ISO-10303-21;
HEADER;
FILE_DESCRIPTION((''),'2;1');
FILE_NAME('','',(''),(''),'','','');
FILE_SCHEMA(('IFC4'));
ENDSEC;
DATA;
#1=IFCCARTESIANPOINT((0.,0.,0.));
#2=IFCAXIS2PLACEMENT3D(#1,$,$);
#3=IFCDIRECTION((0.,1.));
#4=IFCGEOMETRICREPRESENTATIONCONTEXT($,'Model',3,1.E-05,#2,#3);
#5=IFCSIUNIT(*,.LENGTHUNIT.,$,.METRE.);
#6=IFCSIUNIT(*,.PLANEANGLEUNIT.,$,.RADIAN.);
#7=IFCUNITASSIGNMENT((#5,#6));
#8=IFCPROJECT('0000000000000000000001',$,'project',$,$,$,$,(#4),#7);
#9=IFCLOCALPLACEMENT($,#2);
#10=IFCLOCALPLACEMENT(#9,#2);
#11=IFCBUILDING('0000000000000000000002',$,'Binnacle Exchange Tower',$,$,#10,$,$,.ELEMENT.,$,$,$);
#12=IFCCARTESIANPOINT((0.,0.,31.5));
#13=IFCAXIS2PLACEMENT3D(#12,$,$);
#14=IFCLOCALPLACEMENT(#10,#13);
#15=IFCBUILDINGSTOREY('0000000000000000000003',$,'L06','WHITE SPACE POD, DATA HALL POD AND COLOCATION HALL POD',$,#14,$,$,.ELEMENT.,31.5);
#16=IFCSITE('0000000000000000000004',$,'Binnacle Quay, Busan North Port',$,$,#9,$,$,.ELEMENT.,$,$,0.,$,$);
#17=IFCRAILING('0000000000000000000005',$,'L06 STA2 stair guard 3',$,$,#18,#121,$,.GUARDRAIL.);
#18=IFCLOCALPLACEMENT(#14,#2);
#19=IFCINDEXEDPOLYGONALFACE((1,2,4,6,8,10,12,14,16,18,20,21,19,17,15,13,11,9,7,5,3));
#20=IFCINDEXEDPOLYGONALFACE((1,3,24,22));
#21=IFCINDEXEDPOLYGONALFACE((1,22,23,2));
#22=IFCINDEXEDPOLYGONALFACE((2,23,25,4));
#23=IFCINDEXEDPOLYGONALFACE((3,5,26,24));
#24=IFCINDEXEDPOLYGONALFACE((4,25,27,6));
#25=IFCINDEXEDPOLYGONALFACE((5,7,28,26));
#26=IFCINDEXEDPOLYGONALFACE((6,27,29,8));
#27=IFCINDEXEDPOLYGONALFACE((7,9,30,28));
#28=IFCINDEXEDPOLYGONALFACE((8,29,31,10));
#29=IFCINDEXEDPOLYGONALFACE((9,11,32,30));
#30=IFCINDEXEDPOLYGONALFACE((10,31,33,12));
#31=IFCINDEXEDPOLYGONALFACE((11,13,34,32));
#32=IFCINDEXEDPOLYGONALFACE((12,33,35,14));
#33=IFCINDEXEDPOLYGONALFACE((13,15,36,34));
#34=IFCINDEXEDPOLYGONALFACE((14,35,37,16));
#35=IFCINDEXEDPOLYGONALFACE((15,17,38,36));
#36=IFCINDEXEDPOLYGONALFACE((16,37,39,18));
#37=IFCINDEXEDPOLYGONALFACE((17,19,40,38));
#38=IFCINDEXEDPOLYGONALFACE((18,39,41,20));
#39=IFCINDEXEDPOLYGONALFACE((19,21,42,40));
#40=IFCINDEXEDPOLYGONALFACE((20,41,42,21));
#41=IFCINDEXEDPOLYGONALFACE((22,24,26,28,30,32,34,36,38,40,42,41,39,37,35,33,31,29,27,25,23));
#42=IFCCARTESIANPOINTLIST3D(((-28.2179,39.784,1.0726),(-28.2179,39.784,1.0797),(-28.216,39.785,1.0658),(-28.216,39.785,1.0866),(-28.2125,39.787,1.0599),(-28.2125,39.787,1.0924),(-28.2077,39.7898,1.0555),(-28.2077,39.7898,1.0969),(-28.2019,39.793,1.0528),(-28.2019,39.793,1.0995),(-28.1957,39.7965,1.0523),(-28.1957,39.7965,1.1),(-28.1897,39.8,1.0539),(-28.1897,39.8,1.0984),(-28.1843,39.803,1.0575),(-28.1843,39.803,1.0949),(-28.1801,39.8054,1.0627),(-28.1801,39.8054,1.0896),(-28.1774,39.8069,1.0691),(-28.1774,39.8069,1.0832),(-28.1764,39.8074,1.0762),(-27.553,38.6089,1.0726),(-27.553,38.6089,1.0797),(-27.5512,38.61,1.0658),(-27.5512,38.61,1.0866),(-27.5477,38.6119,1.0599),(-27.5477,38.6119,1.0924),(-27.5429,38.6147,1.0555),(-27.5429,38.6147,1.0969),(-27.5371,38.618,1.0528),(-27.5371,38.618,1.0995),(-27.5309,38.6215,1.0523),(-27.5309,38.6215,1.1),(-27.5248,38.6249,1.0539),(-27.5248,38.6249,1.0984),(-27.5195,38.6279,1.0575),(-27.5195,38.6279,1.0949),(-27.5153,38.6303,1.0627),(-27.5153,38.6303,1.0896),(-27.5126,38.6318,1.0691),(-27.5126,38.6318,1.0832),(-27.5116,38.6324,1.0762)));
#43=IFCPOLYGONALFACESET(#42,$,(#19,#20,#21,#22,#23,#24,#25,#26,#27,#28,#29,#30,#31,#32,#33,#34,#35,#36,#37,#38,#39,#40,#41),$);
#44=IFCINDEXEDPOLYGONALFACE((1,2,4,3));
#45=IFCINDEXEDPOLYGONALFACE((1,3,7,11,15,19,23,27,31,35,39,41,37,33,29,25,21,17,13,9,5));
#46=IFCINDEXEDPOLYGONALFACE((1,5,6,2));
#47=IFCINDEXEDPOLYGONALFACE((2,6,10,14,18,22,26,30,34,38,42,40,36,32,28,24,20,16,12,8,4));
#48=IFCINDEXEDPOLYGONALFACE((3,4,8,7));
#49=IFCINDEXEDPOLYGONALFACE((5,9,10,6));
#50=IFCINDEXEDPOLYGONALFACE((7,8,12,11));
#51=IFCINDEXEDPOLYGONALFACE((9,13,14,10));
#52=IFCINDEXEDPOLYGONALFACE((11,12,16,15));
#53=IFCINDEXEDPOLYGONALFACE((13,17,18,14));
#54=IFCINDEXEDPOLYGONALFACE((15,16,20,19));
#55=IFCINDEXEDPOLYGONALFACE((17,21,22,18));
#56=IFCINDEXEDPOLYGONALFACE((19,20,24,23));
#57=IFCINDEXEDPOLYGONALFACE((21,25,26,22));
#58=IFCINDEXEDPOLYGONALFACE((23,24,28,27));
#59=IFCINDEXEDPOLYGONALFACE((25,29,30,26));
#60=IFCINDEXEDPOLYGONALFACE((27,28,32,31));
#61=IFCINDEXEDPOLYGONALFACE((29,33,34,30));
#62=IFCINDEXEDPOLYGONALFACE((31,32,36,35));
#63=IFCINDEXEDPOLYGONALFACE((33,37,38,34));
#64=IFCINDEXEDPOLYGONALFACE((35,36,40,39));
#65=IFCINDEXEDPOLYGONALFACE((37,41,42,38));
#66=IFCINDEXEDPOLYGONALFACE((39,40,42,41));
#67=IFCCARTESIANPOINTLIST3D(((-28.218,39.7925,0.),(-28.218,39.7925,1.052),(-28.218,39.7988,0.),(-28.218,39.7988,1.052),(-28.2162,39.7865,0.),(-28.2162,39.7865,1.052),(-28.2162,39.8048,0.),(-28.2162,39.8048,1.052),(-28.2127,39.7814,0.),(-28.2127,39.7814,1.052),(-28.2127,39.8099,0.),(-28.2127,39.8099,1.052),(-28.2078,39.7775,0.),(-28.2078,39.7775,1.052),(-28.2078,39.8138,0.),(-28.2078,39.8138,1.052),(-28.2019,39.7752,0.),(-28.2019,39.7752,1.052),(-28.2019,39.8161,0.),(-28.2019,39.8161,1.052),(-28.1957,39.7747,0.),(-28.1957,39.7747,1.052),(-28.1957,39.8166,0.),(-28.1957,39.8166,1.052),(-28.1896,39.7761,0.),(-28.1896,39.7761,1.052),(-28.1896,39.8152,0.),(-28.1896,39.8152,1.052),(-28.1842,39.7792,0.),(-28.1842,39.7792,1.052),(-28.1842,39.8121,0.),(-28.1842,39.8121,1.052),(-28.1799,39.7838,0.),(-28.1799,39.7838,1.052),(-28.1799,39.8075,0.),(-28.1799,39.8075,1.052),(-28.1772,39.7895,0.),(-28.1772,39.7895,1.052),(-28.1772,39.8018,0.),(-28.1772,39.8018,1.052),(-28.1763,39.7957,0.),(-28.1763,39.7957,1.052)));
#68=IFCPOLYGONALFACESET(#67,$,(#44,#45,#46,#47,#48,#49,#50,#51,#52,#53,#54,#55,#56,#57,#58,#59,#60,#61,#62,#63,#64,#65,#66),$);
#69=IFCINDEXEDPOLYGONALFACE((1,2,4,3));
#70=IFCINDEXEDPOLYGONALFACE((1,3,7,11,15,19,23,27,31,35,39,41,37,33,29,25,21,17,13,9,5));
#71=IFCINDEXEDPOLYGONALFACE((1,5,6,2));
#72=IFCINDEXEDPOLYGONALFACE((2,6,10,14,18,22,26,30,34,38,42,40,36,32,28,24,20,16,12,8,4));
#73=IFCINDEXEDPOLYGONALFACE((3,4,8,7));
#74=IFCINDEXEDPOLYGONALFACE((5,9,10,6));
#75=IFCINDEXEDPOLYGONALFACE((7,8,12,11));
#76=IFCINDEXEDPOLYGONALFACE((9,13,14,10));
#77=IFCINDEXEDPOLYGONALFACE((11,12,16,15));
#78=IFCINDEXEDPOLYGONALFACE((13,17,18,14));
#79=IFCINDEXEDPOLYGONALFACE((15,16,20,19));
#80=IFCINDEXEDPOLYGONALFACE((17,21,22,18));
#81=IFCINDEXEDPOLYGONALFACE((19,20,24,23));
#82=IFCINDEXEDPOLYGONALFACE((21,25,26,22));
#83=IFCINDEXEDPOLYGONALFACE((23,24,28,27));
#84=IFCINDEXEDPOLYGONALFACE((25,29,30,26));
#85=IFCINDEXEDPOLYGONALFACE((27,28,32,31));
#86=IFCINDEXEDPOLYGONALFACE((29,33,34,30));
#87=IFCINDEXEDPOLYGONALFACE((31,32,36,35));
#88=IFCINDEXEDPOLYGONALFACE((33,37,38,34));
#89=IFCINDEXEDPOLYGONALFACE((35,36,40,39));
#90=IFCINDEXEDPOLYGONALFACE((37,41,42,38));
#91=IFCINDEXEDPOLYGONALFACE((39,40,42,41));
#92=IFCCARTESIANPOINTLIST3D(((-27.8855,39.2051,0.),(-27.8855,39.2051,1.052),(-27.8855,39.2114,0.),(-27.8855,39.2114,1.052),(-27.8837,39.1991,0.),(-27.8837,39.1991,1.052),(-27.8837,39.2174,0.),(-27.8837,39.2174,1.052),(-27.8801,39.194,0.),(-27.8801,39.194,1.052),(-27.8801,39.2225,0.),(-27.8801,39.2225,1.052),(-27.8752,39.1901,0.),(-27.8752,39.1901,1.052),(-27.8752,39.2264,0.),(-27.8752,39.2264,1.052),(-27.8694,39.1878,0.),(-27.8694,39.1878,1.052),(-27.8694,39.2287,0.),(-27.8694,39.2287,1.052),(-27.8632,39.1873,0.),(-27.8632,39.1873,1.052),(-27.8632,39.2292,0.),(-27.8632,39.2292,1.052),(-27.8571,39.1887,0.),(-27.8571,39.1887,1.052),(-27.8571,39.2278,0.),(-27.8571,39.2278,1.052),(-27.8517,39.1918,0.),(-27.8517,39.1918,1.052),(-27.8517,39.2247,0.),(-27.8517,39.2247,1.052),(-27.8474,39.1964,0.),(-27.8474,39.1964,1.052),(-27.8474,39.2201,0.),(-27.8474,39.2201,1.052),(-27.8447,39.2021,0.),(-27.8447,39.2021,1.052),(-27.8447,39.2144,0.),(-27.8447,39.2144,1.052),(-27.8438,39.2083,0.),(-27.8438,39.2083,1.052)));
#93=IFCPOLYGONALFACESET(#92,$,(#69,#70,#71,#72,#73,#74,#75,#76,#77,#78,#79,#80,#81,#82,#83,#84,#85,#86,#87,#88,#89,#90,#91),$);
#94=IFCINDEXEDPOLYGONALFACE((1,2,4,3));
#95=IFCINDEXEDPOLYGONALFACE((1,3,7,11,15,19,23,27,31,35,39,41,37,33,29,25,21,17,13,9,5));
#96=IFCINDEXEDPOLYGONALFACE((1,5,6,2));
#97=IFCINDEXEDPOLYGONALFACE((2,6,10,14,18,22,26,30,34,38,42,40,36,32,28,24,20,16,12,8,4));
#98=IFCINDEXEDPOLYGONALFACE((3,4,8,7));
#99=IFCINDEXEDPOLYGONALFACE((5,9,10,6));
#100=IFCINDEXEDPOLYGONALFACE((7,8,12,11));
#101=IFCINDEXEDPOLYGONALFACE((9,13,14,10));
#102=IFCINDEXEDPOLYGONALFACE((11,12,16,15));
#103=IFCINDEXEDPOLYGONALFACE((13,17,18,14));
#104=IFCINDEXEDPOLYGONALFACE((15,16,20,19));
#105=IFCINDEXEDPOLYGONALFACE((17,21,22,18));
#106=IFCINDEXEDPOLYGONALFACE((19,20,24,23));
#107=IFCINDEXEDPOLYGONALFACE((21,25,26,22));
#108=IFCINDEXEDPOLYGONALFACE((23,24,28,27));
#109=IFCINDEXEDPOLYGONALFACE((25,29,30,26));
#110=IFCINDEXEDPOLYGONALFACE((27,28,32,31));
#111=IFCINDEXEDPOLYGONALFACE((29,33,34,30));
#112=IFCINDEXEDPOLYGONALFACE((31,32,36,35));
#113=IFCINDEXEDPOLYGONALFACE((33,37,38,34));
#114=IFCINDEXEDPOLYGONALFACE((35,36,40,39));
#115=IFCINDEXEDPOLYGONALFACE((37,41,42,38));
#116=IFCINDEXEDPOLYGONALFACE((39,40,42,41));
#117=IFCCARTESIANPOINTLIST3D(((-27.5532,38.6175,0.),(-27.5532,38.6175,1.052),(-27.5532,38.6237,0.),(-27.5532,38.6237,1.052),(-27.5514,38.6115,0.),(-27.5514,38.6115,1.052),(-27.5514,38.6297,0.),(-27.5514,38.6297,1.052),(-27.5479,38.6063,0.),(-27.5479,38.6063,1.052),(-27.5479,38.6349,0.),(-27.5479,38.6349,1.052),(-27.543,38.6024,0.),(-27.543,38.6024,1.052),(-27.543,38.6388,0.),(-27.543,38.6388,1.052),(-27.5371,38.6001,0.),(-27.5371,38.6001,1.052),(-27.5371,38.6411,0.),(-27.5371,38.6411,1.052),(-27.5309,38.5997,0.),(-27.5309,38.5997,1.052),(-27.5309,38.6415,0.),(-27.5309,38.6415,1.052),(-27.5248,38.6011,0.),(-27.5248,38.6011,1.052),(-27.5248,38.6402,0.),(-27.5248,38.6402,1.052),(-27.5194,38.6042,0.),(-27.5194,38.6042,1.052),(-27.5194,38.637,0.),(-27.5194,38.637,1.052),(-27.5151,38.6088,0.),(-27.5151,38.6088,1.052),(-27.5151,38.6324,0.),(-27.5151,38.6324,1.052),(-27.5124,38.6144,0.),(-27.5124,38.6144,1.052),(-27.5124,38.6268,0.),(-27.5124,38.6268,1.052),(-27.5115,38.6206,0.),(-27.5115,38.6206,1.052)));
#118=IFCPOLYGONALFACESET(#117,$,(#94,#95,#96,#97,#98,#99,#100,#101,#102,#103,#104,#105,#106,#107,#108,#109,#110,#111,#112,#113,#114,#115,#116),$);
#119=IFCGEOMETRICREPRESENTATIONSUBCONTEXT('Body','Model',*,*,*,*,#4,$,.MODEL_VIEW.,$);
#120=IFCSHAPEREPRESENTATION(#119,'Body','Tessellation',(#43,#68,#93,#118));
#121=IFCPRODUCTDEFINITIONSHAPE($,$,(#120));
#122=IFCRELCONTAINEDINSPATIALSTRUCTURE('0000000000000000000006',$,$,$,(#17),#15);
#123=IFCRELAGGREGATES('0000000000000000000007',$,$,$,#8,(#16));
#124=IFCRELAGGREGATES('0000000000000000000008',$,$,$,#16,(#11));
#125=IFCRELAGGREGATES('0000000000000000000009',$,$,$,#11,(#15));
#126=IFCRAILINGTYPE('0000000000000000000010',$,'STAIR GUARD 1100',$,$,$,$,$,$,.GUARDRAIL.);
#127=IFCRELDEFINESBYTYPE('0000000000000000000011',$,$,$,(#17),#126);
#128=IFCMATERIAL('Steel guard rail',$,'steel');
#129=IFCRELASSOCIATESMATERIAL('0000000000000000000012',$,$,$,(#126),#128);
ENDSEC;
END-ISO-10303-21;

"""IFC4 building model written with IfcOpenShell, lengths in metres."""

from ifc_helpers import new_model, si_unit, direction, frame, origin, origin_2d, place, context, subcontext, project, spatial, circle, extrude, material, type_object, element, save


model = new_model("IFC4")

# Units and contexts
model_context = context("Model", 3, precision=1e-05, world=origin(), true_north=direction((0.0, 1.0)))
body_context = subcontext(model_context, "Body", "Model", "MODEL_VIEW")
ifc_project = project(units=[si_unit("LENGTHUNIT", "METRE"), si_unit("PLANEANGLEUNIT", "RADIAN")], contexts=[model_context])

# Site, building, storey
site_placement = place(None, origin())
site = spatial("IfcSite", under=ifc_project, at=site_placement, Name="Binnacle Quay, Busan North Port", CompositionType="ELEMENT", RefElevation=0.0)
building_placement = place(site_placement, origin())
building = spatial("IfcBuilding", under=site, at=building_placement, Name="Binnacle Exchange Tower", CompositionType="ELEMENT")
storey_placement = place(building_placement, frame((0.0, 0.0, 31.5)))
storey = spatial("IfcBuildingStorey", under=building, at=storey_placement, Name="L06", Description="WHITE SPACE POD, DATA HALL POD AND COLOCATION HALL POD", CompositionType="ELEMENT", Elevation=31.5)

# Railing
ifc_material_1 = material(Name="Steel guard rail", Category="steel")
railing_type_1 = type_object("IfcRailingType", Name="STAIR GUARD 1100", PredefinedType="GUARDRAIL", material=ifc_material_1)
railing_1_placement = place(storey_placement, frame((-28.1973, 39.7957, 0.0)))
element("IfcRailing", 1, at=railing_1_placement, inside=storey, type_object=railing_type_1, Name="L06 STA2 stair guard 3", PredefinedType="GUARDRAIL", context=body_context, shape_type="SweptSolid", body=[
    extrude(circle(Radius=0.0239, at=origin_2d()), frame((0.0, 0.0, 1.0762), z_axis=(0.492415, -0.870361, 0.0), x_axis=(0.870361, 0.492415, 0.0)), (0.0, 0.0, 1.0), 1.3501),
    extrude(circle(Radius=0.021, at=origin_2d()), origin(), (0.0, 0.0, 1.0), 1.052),
    extrude(circle(Radius=0.021, at=origin_2d()), frame((0.3325, -0.5874, 0.0)), (0.0, 0.0, 1.0), 1.052),
    extrude(circle(Radius=0.021, at=origin_2d()), frame((0.6648, -1.175, 0.0)), (0.0, 0.0, 1.0), 1.052),
])

save(model, "model.ifc")
